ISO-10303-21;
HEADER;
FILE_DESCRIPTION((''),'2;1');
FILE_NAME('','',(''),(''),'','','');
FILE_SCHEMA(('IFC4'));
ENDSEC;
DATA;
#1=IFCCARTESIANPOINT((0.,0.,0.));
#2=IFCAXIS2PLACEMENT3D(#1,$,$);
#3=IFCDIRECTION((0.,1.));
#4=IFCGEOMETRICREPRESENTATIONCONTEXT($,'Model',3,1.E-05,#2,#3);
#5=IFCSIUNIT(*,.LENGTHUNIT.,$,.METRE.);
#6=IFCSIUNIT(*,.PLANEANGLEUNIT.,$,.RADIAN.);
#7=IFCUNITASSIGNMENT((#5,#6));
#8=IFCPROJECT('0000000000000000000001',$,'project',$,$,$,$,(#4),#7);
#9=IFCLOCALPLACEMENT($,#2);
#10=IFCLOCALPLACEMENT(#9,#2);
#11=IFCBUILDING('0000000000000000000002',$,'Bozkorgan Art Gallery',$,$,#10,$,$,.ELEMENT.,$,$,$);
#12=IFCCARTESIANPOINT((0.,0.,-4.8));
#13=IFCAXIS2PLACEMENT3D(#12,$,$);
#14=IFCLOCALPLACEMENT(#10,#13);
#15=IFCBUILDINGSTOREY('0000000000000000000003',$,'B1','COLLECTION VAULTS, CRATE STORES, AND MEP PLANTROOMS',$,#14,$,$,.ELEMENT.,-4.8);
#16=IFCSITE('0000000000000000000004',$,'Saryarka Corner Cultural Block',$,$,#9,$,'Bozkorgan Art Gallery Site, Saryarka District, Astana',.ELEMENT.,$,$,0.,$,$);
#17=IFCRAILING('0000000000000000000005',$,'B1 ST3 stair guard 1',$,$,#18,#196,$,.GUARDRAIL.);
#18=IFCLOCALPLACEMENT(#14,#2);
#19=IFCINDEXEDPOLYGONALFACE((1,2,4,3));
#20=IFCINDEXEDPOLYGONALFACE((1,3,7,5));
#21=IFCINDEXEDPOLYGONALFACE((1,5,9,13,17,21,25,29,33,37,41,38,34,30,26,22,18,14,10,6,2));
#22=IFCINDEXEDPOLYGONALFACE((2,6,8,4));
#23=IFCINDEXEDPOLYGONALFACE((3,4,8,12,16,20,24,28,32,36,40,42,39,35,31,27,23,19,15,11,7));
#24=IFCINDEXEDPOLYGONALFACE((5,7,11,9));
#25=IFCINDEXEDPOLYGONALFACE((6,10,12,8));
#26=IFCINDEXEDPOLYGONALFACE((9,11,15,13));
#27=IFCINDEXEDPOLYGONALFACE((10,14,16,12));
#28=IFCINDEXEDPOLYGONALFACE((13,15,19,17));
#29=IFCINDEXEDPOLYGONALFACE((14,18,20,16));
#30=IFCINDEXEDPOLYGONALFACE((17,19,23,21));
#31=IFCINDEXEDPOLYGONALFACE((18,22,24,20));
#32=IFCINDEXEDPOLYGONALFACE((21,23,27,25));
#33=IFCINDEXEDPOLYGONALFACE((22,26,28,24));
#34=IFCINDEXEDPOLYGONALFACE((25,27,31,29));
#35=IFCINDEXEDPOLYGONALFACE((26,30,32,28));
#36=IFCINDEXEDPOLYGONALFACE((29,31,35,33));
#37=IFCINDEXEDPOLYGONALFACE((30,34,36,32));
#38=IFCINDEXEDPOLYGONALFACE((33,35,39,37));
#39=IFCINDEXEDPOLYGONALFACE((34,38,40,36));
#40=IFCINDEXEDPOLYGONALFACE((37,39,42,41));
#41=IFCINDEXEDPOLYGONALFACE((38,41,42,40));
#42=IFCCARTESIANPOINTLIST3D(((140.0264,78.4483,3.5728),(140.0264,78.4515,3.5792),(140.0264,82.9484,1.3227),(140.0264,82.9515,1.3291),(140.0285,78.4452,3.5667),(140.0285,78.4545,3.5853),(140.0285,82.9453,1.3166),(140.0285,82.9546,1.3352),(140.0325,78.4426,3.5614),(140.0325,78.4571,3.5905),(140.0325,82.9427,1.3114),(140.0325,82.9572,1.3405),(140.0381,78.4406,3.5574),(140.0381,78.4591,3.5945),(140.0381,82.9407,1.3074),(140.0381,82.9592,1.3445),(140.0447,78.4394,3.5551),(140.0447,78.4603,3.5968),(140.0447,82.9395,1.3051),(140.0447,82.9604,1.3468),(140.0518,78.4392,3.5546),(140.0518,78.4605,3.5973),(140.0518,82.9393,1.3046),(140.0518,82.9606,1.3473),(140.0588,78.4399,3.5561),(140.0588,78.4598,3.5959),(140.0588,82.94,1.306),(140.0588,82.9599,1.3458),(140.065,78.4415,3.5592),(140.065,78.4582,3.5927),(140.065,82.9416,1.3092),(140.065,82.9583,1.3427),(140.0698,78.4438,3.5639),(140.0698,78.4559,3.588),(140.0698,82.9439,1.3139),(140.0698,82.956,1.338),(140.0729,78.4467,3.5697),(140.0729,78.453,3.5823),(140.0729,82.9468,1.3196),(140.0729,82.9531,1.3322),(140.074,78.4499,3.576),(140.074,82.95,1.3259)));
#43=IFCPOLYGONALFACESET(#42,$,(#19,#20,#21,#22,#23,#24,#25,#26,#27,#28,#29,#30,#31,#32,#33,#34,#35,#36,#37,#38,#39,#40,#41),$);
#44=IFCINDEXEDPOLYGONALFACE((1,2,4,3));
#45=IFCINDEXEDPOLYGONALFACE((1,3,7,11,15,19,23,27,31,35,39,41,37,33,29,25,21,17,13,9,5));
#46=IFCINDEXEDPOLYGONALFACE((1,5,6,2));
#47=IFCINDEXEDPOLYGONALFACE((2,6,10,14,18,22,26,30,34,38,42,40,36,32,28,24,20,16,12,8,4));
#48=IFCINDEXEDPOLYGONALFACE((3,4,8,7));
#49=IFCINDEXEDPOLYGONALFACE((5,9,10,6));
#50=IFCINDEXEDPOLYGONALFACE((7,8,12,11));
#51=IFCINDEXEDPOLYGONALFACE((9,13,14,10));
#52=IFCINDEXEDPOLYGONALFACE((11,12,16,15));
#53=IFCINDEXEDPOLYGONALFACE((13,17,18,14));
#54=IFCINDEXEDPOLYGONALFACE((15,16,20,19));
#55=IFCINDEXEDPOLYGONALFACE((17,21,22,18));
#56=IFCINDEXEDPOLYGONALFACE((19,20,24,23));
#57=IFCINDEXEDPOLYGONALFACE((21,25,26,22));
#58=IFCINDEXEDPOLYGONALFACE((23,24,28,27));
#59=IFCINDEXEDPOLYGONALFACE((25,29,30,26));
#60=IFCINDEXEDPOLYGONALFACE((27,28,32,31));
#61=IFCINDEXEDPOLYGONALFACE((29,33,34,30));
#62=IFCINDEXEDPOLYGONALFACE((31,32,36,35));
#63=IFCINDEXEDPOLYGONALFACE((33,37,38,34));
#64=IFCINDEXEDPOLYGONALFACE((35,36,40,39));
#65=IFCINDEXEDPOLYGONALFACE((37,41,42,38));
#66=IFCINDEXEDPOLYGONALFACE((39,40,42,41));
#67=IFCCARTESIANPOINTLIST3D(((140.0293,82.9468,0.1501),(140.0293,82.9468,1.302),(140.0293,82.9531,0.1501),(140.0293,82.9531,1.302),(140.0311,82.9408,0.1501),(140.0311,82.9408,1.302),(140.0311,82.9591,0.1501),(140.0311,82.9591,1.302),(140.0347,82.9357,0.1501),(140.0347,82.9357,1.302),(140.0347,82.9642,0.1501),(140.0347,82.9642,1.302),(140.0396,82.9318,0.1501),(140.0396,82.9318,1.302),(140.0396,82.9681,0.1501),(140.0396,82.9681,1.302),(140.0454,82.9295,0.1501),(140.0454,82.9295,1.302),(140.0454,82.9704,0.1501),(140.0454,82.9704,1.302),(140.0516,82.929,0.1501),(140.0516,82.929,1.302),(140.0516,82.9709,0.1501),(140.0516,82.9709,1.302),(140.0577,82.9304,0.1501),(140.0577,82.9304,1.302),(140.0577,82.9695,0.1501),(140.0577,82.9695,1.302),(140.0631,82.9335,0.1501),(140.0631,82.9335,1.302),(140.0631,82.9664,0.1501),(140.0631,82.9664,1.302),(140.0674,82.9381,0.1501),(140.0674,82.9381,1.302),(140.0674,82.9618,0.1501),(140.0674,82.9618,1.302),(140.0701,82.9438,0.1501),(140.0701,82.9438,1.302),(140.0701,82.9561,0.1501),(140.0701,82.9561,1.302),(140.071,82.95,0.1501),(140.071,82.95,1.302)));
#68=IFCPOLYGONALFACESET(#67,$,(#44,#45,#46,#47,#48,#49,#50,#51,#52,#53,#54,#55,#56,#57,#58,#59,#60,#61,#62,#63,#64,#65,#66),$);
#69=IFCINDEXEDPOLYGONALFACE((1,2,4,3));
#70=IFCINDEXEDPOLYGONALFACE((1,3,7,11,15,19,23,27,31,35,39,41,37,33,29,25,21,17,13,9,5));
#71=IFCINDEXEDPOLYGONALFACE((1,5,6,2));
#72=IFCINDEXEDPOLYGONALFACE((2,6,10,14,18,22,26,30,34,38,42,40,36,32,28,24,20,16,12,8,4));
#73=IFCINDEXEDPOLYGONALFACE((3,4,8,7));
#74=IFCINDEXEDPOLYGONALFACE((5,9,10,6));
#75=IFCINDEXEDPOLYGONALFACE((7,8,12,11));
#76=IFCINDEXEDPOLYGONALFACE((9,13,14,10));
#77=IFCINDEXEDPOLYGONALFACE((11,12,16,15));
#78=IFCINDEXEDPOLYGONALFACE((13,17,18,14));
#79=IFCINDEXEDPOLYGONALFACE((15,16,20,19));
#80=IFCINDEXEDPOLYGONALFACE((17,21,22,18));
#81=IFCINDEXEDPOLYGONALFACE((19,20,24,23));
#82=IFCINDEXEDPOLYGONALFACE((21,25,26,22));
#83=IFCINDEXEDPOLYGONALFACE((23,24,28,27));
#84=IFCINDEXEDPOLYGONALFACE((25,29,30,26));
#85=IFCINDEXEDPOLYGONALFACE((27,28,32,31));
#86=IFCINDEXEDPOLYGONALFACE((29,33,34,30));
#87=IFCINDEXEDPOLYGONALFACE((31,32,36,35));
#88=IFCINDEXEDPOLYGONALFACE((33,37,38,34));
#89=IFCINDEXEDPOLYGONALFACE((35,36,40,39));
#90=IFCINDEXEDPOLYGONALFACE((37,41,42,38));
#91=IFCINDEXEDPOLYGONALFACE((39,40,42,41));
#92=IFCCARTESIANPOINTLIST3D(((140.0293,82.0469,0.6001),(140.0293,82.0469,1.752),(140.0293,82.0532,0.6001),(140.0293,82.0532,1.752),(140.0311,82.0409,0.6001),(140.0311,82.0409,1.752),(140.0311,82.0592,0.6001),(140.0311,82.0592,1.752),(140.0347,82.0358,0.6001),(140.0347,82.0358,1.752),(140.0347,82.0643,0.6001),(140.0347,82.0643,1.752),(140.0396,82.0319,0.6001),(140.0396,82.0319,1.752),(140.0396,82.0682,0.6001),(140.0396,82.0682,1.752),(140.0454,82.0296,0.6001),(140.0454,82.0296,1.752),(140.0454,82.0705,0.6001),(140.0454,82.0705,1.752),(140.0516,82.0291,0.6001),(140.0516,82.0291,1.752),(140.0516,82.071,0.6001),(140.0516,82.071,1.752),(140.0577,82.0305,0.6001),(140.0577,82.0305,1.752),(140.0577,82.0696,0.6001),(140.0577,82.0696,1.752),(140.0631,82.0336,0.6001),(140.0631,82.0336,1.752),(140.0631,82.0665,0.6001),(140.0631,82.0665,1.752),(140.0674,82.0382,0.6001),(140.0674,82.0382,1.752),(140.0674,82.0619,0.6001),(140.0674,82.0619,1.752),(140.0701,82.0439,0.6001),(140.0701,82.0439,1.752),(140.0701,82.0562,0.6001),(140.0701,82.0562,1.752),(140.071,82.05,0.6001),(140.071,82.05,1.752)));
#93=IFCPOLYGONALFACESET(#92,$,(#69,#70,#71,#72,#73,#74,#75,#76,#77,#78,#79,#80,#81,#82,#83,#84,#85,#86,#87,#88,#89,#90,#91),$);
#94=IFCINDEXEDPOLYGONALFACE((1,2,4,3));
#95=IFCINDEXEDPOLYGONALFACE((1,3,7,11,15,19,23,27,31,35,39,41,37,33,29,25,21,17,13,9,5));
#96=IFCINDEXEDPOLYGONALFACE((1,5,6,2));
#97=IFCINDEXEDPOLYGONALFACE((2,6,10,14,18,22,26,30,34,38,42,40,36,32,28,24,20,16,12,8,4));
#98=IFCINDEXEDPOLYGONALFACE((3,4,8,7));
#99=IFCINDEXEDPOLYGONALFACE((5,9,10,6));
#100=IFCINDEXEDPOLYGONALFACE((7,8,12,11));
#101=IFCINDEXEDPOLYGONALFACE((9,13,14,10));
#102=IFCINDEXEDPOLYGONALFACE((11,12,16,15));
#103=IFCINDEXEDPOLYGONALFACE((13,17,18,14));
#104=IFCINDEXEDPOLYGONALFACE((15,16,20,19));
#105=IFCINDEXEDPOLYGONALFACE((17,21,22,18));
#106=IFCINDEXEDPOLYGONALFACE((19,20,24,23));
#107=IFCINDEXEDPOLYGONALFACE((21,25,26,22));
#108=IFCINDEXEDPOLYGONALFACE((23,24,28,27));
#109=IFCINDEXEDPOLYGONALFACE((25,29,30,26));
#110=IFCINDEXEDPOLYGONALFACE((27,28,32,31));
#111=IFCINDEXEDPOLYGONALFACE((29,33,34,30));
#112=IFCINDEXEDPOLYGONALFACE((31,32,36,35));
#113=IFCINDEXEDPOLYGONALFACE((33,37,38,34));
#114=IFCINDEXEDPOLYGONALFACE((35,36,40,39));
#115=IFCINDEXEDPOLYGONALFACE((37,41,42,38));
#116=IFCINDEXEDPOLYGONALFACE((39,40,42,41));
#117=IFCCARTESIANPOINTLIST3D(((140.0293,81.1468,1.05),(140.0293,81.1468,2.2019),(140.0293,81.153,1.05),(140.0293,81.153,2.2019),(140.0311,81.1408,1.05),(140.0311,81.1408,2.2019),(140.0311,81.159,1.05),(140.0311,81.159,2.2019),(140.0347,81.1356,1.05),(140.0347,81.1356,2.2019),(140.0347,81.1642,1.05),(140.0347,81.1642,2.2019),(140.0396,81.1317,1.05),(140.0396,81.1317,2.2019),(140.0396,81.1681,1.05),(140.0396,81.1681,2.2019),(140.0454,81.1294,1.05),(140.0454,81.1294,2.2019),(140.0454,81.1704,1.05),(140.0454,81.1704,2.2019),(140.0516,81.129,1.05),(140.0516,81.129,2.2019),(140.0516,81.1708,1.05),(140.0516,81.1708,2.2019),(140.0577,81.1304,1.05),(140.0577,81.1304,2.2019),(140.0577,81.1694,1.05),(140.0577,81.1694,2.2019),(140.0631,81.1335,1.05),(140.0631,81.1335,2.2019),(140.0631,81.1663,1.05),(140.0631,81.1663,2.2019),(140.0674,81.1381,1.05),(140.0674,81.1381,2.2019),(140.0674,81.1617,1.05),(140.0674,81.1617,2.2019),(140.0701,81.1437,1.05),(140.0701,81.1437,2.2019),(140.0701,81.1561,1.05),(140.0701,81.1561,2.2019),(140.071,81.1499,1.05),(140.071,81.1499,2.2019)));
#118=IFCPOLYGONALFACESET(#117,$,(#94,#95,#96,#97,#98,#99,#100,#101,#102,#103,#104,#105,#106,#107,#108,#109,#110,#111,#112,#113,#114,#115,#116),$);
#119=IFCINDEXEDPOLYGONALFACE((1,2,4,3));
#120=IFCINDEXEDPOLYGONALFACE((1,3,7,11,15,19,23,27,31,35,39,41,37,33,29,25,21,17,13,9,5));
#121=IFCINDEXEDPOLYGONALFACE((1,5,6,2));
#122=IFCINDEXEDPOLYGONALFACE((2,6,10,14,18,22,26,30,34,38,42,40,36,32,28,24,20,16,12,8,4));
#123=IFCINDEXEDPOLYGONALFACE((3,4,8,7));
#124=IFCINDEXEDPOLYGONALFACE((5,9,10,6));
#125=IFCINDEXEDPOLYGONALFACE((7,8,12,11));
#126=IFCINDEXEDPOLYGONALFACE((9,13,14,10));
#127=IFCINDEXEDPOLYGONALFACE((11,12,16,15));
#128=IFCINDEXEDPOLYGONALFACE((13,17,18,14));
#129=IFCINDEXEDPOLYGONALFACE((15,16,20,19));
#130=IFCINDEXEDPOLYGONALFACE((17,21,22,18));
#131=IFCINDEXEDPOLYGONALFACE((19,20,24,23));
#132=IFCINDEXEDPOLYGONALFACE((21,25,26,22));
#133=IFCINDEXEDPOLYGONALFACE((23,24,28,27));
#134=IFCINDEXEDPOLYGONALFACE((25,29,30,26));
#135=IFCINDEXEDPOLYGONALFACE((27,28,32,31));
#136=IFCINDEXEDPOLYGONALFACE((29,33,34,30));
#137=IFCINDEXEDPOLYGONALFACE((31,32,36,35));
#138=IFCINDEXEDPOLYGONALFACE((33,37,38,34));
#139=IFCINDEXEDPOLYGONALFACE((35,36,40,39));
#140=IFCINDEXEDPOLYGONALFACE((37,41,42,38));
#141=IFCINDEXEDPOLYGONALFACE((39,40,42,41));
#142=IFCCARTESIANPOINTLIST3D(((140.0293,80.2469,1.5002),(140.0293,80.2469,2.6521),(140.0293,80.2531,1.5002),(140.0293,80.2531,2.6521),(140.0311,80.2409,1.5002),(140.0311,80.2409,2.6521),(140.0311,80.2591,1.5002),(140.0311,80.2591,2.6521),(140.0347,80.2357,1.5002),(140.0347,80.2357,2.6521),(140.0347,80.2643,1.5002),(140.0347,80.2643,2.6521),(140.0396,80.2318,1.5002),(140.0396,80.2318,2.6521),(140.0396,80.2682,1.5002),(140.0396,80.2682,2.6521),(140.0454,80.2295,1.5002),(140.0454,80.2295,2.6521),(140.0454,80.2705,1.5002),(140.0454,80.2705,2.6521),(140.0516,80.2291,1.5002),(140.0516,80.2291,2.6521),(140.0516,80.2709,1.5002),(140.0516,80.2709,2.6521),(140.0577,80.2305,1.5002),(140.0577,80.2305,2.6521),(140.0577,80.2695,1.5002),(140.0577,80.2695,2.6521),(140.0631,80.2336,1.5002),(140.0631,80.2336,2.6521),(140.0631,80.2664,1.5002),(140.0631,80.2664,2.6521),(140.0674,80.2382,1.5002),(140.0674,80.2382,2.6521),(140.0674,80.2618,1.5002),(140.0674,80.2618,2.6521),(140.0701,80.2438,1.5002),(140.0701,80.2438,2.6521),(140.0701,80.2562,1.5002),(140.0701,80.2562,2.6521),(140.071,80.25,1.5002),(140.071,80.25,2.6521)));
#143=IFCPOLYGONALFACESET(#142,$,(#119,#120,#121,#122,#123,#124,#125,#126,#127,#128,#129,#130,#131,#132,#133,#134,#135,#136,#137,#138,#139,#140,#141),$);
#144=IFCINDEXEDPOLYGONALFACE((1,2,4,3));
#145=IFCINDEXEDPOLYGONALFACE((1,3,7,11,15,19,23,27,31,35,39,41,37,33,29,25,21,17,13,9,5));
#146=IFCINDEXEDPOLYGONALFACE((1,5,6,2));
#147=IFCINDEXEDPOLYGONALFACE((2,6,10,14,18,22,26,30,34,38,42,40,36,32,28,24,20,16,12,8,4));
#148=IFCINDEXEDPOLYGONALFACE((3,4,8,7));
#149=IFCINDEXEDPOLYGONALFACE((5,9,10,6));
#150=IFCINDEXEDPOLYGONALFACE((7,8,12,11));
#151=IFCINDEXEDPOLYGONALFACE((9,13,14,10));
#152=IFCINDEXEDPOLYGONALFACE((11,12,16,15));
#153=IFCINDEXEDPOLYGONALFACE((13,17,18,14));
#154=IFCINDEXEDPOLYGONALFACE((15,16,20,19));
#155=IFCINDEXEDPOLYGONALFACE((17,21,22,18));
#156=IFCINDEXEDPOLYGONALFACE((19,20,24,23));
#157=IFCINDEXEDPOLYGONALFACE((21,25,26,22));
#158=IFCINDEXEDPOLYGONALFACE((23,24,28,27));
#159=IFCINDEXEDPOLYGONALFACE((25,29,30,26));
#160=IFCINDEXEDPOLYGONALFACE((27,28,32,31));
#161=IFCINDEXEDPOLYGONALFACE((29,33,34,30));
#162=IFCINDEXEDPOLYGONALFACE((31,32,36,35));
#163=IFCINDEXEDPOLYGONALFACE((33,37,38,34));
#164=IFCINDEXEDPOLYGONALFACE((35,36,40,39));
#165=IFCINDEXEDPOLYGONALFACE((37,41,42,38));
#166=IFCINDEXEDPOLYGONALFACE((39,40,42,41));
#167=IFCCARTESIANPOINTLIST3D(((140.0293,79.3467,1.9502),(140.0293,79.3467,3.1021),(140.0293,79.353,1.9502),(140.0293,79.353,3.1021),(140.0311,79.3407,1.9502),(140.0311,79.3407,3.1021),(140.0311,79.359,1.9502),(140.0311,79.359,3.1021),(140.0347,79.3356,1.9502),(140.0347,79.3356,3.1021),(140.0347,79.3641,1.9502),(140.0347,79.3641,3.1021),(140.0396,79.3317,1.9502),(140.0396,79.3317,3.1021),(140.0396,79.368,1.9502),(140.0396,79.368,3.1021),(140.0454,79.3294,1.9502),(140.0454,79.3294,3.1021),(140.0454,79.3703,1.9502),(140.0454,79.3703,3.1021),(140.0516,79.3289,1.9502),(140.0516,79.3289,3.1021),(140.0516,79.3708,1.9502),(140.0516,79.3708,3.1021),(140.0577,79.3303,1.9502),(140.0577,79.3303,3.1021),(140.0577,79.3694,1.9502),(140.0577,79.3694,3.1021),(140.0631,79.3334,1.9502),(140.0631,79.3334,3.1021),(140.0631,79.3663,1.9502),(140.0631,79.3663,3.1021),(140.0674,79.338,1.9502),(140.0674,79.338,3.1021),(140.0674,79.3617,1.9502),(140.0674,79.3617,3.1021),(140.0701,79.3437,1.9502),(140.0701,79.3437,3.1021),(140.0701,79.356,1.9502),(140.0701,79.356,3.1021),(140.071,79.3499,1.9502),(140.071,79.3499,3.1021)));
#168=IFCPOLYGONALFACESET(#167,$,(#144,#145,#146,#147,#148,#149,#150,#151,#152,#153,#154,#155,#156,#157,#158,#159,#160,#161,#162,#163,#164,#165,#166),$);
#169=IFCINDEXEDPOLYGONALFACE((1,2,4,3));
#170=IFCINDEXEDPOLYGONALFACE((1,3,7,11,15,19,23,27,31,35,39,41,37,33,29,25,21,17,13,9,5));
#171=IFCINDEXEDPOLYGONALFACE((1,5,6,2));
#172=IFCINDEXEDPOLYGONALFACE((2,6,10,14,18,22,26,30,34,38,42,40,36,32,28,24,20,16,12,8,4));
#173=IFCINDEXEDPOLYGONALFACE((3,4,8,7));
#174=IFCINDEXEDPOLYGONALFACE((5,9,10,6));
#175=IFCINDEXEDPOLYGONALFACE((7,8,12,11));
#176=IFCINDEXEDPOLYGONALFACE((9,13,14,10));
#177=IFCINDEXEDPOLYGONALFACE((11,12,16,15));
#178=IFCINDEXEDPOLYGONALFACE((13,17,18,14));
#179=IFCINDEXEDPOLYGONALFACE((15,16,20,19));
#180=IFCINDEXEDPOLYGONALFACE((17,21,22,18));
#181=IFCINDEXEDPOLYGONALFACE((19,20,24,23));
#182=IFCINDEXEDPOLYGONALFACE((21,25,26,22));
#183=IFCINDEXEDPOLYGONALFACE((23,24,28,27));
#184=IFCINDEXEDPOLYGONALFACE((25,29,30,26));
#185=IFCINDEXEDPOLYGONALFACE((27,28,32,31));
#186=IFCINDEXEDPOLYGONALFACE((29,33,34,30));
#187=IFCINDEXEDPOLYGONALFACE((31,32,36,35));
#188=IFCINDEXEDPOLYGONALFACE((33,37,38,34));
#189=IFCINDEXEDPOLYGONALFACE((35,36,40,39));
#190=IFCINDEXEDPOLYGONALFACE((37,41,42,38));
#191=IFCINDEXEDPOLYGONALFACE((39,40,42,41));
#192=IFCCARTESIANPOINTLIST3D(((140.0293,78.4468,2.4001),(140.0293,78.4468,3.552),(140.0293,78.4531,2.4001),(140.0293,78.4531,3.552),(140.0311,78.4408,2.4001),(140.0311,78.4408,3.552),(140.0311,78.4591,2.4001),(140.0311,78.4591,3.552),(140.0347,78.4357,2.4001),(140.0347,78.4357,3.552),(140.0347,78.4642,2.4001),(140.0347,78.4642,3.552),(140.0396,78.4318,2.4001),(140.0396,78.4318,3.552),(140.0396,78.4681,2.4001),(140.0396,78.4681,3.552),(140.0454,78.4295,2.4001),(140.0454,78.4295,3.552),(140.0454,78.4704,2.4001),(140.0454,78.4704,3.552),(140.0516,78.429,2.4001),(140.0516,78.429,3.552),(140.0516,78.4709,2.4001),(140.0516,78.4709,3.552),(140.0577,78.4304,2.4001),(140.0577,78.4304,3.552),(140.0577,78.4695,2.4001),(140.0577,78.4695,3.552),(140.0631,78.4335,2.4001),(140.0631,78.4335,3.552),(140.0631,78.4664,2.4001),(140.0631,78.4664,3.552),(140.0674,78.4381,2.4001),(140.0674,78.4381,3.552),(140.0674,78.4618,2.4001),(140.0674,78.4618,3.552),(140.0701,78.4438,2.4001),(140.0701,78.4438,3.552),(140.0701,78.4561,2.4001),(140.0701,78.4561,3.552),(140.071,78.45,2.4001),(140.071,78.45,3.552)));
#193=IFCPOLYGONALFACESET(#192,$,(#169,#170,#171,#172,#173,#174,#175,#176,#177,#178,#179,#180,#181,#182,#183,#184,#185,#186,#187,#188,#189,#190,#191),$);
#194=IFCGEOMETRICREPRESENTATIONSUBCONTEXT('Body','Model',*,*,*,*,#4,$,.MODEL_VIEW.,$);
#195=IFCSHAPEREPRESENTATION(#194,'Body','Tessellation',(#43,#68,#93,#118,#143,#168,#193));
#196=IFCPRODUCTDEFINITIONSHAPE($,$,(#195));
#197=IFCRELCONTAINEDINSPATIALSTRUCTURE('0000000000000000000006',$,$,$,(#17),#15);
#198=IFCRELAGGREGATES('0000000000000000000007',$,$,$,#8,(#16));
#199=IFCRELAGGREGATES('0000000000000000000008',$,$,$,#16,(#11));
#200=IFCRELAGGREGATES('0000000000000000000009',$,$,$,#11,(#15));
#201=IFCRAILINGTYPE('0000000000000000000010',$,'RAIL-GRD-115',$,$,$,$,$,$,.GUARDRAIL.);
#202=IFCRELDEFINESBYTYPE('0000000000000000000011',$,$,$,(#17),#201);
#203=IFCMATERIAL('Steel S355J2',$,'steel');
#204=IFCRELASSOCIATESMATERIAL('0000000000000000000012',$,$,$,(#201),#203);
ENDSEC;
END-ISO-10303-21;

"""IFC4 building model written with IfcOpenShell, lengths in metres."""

from ifc_helpers import new_model, si_unit, direction, frame, origin, origin_2d, place, context, subcontext, project, spatial, circle, extrude, material, type_object, element, save


model = new_model("IFC4")

# Units and contexts
model_context = context("Model", 3, precision=1e-05, world=origin(), true_north=direction((0.0, 1.0)))
body_context = subcontext(model_context, "Body", "Model", "MODEL_VIEW")
ifc_project = project(units=[si_unit("LENGTHUNIT", "METRE"), si_unit("PLANEANGLEUNIT", "RADIAN")], contexts=[model_context])

# Site, building, storey
site_placement = place(None, origin())
site = spatial("IfcSite", under=ifc_project, at=site_placement, Name="Saryarka Corner Cultural Block", LongName="Bozkorgan Art Gallery Site, Saryarka District, Astana", CompositionType="ELEMENT", RefElevation=0.0)
building_placement = place(site_placement, origin())
building = spatial("IfcBuilding", under=site, at=building_placement, Name="Bozkorgan Art Gallery", CompositionType="ELEMENT")
storey_placement = place(building_placement, frame((0.0, 0.0, -4.8)))
storey = spatial("IfcBuildingStorey", under=building, at=storey_placement, Name="B1", Description="COLLECTION VAULTS, CRATE STORES, AND MEP PLANTROOMS", CompositionType="ELEMENT", Elevation=-4.8)

# Shared definitions
ifc_material_1 = material(Name="Steel S355J2", Category="steel")

# Railing
railing_type_1 = type_object("IfcRailingType", Name="RAIL-GRD-115", PredefinedType="GUARDRAIL", material=ifc_material_1)
railing_1_placement = place(storey_placement, frame((140.05, 82.95, 0.1501)))
element("IfcRailing", 1, at=railing_1_placement, inside=storey, type_object=railing_type_1, Name="B1 ST3 stair guard 1", PredefinedType="GUARDRAIL", context=body_context, shape_type="SweptSolid", body=[
    extrude(circle(Radius=0.0239, at=origin_2d()), frame((0.0, 0.0, 1.1758), z_axis=(0.0, -0.894427, 0.447214), x_axis=(1.0, 0.0, 0.0)), (0.0, 0.0, 1.0), 5.0312),
    extrude(circle(Radius=0.021, at=origin_2d()), origin(), (0.0, 0.0, 1.0), 1.1519),
    extrude(circle(Radius=0.021, at=origin_2d()), frame((0.0, -0.8999, 0.45)), (0.0, 0.0, 1.0), 1.1519),
    extrude(circle(Radius=0.021, at=origin_2d()), frame((0.0, -1.8, 0.8999)), (0.0, 0.0, 1.0), 1.1519),
    extrude(circle(Radius=0.021, at=origin_2d()), frame((0.0, -2.7, 1.3501)), (0.0, 0.0, 1.0), 1.1519),
    extrude(circle(Radius=0.021, at=origin_2d()), frame((0.0, -3.6001, 1.8)), (0.0, 0.0, 1.0), 1.1519),
    extrude(circle(Radius=0.021, at=origin_2d()), frame((0.0, -4.5, 2.25)), (0.0, 0.0, 1.0), 1.1519),
])

save(model, "model.ifc")
